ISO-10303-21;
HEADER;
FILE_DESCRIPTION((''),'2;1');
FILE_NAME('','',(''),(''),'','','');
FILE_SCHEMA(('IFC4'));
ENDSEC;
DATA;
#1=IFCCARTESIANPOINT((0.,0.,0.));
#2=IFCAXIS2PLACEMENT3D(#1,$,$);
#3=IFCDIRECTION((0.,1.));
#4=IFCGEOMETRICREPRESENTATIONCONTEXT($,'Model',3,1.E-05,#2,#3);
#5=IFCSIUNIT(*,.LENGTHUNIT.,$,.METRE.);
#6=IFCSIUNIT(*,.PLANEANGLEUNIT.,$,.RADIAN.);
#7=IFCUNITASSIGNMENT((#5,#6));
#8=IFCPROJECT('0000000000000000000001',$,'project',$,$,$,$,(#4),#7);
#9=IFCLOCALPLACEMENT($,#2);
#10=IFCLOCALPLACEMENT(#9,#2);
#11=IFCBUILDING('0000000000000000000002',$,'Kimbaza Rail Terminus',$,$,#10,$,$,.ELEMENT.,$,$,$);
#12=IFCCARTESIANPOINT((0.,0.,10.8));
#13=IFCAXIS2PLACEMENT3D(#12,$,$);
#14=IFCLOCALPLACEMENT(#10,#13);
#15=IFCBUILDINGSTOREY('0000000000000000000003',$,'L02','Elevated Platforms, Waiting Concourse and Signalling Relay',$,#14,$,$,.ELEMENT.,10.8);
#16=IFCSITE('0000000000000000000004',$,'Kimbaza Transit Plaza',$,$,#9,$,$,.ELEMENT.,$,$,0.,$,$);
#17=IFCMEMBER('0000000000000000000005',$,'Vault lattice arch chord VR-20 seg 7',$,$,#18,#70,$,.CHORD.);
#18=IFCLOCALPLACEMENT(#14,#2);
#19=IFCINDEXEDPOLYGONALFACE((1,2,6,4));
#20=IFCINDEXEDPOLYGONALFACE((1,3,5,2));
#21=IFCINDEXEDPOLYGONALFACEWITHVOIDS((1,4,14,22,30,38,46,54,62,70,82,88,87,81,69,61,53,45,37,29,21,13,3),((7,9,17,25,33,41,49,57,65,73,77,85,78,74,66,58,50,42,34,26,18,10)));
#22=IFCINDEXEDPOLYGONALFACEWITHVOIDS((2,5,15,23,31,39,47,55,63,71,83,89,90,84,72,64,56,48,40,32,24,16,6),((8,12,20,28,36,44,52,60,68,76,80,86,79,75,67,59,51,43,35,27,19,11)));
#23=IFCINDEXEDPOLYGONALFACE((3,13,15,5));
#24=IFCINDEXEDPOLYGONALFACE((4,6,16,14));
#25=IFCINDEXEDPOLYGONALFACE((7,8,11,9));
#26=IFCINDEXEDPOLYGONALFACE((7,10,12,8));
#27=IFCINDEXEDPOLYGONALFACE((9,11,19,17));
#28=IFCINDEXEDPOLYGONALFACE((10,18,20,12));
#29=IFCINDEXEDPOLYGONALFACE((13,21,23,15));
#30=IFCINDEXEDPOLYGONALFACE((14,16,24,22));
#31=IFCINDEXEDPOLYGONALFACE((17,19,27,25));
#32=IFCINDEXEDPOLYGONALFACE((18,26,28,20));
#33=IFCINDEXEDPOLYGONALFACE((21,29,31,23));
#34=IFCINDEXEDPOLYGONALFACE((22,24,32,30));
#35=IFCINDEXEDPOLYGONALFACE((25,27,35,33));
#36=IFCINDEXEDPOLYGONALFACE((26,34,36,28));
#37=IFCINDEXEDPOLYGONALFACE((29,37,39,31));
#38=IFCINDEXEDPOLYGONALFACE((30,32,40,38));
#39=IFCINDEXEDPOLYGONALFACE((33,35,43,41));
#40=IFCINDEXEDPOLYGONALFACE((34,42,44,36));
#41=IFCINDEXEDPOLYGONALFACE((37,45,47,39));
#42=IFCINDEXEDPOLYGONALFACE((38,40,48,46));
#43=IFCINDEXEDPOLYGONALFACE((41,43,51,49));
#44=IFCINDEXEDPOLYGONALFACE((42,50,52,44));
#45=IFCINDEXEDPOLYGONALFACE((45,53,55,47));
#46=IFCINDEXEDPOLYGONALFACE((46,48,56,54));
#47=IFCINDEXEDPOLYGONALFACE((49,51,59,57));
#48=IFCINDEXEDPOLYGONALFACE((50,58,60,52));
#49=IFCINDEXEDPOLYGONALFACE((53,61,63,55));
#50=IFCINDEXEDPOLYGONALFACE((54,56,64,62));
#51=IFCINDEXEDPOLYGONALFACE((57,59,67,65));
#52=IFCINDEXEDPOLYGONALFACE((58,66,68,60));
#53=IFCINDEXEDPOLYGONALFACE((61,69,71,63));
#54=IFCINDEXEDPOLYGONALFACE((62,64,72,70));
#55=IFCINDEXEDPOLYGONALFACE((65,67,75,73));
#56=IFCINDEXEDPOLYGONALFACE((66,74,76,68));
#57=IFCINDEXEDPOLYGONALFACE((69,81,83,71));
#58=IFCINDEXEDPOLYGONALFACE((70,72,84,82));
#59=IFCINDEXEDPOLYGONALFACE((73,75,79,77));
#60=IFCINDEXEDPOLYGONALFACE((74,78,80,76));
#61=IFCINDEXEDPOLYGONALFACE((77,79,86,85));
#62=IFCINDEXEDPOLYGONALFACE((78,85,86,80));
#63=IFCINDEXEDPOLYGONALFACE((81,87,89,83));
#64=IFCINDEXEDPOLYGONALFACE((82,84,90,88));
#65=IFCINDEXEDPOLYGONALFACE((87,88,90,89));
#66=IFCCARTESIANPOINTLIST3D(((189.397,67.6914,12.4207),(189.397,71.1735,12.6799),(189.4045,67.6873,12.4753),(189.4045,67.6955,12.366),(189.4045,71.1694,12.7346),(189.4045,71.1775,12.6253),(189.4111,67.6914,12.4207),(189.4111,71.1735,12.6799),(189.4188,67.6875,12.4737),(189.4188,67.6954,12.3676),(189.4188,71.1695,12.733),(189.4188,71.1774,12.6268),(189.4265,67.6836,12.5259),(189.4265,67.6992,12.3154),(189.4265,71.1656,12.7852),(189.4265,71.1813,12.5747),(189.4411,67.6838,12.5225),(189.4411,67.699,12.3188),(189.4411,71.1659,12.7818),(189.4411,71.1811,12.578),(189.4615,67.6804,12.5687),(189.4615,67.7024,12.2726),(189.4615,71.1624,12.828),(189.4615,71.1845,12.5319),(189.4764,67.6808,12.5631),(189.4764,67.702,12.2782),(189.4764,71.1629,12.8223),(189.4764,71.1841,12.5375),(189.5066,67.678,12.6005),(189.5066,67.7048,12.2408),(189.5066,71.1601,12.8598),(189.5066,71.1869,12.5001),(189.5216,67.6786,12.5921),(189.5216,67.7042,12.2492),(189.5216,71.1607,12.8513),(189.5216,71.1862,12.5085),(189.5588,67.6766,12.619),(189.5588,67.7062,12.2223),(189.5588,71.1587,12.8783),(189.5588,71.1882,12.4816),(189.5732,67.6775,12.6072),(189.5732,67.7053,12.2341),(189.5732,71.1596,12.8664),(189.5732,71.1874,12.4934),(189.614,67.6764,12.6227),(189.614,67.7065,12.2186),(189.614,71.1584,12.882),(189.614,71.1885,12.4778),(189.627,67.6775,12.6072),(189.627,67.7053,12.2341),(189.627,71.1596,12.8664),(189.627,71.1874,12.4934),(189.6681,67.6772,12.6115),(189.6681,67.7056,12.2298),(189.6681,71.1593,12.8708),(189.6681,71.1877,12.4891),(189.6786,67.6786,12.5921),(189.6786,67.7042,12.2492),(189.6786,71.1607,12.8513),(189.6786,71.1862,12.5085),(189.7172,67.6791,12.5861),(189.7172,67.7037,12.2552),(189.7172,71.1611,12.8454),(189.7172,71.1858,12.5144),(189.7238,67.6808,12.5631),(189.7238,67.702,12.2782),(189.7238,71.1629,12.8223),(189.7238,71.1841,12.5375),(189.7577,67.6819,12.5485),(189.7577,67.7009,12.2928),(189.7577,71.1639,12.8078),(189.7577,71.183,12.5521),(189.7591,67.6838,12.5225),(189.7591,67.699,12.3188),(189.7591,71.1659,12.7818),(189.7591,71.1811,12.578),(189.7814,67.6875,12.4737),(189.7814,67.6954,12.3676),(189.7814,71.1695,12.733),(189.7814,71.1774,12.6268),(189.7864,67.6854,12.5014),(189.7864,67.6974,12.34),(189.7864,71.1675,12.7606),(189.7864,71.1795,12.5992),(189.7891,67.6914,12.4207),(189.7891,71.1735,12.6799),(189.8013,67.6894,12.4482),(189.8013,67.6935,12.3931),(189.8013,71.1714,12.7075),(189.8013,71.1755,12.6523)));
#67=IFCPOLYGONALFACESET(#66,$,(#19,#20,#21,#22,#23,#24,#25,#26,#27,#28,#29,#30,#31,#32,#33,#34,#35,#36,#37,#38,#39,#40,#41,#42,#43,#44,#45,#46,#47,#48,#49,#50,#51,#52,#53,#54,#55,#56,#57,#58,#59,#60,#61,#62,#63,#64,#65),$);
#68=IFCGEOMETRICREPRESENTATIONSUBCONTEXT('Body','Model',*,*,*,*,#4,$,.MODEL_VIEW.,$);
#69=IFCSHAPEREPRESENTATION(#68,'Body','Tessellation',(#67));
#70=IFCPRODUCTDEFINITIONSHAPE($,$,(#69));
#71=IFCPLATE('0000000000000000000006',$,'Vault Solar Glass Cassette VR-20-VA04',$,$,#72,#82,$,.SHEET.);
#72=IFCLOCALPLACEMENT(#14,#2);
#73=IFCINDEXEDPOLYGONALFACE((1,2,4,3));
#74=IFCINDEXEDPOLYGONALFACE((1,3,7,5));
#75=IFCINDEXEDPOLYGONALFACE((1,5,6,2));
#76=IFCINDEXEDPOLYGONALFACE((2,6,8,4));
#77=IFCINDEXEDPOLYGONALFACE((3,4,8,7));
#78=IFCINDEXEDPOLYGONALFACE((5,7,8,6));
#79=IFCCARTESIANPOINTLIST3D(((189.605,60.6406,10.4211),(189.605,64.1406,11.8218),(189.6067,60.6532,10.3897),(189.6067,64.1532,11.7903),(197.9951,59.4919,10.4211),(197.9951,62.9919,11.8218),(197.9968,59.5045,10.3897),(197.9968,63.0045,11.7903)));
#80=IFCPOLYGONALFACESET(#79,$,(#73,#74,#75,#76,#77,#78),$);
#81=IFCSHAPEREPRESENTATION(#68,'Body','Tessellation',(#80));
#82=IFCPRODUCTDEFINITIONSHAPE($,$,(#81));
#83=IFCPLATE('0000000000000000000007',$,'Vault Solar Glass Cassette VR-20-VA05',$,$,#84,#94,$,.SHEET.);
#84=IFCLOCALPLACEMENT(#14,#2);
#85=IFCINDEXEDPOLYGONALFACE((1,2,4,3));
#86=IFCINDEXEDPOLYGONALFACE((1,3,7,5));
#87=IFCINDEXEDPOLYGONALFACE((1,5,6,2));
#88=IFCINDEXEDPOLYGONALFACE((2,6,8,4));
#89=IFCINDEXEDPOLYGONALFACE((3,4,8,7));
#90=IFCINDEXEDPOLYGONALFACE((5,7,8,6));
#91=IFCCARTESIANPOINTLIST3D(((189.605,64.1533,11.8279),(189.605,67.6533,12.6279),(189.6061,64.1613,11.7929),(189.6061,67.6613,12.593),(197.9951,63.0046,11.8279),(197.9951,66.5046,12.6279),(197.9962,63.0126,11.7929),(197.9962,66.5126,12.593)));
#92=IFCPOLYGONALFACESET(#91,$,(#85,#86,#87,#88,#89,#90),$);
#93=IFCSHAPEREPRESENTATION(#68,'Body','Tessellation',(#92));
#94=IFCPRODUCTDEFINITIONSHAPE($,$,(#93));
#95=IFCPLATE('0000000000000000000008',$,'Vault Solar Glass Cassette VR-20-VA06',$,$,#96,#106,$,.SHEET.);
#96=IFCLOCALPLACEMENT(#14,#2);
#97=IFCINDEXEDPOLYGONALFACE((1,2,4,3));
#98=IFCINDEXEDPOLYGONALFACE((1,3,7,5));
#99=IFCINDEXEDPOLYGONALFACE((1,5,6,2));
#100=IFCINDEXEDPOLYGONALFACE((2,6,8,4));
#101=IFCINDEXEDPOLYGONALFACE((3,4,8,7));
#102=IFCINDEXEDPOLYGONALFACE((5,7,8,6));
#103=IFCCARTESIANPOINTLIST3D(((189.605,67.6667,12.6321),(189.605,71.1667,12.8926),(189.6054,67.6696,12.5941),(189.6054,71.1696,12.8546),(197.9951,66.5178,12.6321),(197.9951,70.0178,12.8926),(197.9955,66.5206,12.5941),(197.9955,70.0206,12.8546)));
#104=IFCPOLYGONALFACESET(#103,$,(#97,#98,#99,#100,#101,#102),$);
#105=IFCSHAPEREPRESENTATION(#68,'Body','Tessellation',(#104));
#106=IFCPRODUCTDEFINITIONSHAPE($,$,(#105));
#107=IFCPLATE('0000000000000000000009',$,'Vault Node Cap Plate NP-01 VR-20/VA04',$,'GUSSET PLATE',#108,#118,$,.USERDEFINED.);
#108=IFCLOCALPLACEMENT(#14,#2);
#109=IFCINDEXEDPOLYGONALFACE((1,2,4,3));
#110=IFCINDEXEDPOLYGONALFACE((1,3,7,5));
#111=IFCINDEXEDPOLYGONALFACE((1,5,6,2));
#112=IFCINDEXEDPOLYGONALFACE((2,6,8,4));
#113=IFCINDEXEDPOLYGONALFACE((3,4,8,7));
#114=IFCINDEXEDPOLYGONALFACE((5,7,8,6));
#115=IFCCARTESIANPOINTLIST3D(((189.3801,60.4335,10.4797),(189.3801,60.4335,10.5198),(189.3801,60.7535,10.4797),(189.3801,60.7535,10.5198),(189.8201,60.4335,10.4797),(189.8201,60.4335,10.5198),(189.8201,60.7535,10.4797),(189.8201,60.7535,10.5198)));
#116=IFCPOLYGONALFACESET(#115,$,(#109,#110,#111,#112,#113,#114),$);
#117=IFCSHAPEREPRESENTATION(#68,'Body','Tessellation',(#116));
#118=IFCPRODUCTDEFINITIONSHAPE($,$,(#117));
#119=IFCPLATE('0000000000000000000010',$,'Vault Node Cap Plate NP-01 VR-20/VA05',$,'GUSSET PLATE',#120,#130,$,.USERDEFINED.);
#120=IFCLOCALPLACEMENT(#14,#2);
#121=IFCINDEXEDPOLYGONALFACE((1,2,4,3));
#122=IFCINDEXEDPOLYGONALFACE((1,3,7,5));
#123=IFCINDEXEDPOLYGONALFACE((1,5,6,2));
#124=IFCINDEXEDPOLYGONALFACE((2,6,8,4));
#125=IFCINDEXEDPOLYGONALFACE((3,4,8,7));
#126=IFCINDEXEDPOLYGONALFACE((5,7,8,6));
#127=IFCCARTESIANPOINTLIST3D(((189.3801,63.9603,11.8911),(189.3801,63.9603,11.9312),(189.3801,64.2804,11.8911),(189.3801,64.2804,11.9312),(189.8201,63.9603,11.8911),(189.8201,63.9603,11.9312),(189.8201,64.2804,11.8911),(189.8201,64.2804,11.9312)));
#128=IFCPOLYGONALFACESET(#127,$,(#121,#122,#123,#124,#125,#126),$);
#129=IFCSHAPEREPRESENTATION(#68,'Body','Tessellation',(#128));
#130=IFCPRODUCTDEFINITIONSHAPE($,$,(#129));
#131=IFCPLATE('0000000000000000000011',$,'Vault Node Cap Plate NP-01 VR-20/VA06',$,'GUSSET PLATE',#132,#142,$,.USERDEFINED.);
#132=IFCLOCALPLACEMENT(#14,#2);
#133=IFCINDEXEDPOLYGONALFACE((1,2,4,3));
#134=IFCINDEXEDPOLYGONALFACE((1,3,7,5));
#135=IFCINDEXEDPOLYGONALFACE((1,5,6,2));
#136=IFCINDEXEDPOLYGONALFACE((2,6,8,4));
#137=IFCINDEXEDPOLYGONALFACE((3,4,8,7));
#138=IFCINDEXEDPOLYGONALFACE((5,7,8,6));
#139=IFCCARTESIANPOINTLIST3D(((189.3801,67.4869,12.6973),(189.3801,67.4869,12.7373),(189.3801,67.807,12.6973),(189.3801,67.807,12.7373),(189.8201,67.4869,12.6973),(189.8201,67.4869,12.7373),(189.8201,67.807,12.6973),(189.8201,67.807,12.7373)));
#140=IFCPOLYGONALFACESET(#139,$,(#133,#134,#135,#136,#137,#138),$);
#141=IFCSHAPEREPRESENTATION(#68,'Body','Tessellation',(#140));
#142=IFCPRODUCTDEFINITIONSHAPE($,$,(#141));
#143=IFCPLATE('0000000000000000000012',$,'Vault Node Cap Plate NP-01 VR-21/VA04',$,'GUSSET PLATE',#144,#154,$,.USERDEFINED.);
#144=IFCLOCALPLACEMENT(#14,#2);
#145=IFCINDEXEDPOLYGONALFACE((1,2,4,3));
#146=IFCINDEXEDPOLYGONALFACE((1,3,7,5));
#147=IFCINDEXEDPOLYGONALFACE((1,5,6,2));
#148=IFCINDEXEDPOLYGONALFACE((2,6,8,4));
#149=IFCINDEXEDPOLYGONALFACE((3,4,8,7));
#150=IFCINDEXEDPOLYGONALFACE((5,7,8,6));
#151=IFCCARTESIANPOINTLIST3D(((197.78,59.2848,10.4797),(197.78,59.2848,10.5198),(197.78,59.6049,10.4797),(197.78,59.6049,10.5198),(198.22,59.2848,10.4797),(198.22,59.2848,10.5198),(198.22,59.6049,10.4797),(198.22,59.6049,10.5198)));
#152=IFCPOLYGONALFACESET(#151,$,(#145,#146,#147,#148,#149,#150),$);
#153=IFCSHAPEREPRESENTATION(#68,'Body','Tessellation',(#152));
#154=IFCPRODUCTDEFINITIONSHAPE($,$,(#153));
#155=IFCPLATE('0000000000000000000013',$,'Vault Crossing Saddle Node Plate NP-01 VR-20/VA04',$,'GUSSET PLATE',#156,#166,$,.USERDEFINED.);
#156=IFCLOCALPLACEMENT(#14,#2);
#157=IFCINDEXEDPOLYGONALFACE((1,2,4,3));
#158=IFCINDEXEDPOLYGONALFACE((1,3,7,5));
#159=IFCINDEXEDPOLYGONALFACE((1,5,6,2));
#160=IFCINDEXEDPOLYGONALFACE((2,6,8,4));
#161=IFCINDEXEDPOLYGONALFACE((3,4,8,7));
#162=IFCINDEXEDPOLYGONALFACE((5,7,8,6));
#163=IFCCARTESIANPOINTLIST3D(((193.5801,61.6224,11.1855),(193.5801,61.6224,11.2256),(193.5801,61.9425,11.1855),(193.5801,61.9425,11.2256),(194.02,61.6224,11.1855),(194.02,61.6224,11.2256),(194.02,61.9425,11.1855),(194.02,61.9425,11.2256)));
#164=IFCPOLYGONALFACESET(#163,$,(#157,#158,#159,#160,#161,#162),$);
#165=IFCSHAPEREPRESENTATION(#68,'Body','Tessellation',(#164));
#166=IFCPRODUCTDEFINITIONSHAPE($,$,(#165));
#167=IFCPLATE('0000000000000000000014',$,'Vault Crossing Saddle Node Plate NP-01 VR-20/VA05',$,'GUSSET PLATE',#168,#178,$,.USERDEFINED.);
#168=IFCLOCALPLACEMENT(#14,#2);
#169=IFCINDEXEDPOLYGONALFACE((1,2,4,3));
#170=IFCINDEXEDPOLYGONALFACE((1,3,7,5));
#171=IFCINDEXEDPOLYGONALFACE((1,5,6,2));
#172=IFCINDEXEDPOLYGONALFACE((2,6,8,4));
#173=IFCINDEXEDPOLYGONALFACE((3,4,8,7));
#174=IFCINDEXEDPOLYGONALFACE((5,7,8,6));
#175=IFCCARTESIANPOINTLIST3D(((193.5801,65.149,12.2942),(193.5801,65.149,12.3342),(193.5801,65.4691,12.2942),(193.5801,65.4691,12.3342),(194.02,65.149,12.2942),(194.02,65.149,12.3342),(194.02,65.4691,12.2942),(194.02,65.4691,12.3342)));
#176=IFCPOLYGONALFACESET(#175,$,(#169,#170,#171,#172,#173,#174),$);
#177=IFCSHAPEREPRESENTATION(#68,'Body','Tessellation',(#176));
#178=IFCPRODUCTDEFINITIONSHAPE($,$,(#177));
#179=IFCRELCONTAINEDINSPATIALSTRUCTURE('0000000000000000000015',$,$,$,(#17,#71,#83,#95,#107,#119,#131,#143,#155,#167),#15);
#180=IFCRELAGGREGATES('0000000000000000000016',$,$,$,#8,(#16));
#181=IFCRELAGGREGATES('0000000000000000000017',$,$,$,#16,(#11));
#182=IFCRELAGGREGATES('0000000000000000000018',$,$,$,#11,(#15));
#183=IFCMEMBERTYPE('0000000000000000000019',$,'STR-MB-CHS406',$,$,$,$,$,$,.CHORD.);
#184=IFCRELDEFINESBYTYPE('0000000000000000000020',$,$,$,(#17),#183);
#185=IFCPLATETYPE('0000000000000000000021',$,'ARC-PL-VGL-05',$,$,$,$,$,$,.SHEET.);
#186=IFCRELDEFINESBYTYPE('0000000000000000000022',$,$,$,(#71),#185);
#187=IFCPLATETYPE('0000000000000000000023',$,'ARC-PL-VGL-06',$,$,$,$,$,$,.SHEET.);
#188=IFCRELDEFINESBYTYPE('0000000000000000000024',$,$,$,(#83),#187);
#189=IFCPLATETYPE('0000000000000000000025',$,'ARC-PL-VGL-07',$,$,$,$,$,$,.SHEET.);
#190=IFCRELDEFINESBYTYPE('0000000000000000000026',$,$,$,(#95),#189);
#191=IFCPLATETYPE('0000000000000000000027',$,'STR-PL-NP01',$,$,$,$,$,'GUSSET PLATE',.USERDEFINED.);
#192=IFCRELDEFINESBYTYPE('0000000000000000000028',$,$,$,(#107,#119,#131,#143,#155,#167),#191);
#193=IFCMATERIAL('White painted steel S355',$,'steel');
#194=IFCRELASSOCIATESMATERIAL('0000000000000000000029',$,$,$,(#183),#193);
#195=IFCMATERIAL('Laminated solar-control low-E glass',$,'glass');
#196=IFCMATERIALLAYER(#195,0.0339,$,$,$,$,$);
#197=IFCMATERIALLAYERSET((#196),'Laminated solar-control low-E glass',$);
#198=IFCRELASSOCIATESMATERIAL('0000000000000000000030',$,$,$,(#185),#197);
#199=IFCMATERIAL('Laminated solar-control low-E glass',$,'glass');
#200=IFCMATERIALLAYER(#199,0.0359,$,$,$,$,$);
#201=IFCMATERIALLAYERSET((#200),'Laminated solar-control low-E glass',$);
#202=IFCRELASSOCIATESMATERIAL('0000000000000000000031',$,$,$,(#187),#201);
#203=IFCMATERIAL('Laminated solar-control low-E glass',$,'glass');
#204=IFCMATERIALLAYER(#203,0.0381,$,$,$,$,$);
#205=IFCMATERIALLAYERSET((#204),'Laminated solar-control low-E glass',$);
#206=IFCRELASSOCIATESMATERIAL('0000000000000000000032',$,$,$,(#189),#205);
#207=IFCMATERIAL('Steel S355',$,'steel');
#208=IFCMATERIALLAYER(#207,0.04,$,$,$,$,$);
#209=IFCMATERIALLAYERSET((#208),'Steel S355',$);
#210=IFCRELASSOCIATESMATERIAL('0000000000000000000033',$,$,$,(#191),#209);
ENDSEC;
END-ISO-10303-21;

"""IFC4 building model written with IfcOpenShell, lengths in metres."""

from ifc_helpers import new_model, si_unit, direction, frame, origin, origin_2d, place, context, subcontext, project, spatial, polyline, rectangle, hollow_circle, outline, extrude, material, layer, layer_set, material_profile, profile_set, type_object, element, save


model = new_model("IFC4")

# Units and contexts
model_context = context("Model", 3, precision=1e-05, world=origin(), true_north=direction((0.0, 1.0)))
body_context = subcontext(model_context, "Body", "Model", "MODEL_VIEW")
ifc_project = project(units=[si_unit("LENGTHUNIT", "METRE"), si_unit("PLANEANGLEUNIT", "RADIAN")], contexts=[model_context])

# Site, building, storey
site_placement = place(None, origin())
site = spatial("IfcSite", under=ifc_project, at=site_placement, Name="Kimbaza Transit Plaza", CompositionType="ELEMENT", RefElevation=0.0)
building_placement = place(site_placement, origin())
building = spatial("IfcBuilding", under=site, at=building_placement, Name="Kimbaza Rail Terminus", CompositionType="ELEMENT")
storey_placement = place(building_placement, frame((0.0, 0.0, 10.8)))
storey = spatial("IfcBuildingStorey", under=building, at=storey_placement, Name="L02", Description="Elevated Platforms, Waiting Concourse and Signalling Relay", CompositionType="ELEMENT", Elevation=10.8)

# Member
ifc_material_1 = material(Name="White painted steel S355", Category="steel")
ifc_material_profile_1 = material_profile(ifc_material_1, hollow_circle(Radius=0.2031, WallThickness=0.0142, at=origin_2d()), Name="CHS 406.4x14.2")
ifc_profile_set_1 = profile_set([ifc_material_profile_1], Name="White painted steel S355")
member_type_1 = type_object("IfcMemberType", Name="STR-MB-CHS406", PredefinedType="CHORD", material=ifc_profile_set_1)
member_1_placement = place(storey_placement, frame((189.6001, 67.6914, 12.4207), z_axis=(0.0, 0.997239, 0.074253), x_axis=(-1.0, 0.0, 0.0)))
element("IfcMember", 1, at=member_1_placement, inside=storey, type_object=member_type_1, Name="Vault lattice arch chord VR-20 seg 7", PredefinedType="CHORD", context=body_context, shape_type="SweptSolid", body=[
    extrude(hollow_circle(Radius=0.2031, WallThickness=0.0142, at=origin_2d()), origin(), (0.0, 0.0, 1.0), 3.4917),
])

# Plates
ifc_material_2 = material(Name="Laminated solar-control low-E glass", Category="glass")
ifc_layer_1 = layer(ifc_material_2, 0.0339)
ifc_layer_set_1 = layer_set([ifc_layer_1], Name="Laminated solar-control low-E glass")
plate_type_1 = type_object("IfcPlateType", Name="ARC-PL-VGL-05", PredefinedType="SHEET", material=ifc_layer_set_1)
plate_1_placement = place(storey_placement, frame((189.605, 60.6406, 10.4211), z_axis=(-0.050801, -0.371056, 0.92722), x_axis=(0.990758, -0.135643, 0.0)))
element("IfcPlate", 2, at=plate_1_placement, inside=storey, type_object=plate_type_1, Name="Vault Solar Glass Cassette VR-20-VA04", PredefinedType="SHEET", context=body_context, shape_type="SweptSolid", body=[
    extrude(outline(polyline([(0.0, 0.0), (8.4684, 0.0), (7.9937, 3.7398), (-0.4748, 3.7398), (0.0, 0.0)])), origin(), (0.0, 0.0, -1.0), 0.0339),
])
ifc_material_3 = material(Name="Laminated solar-control low-E glass", Category="glass")
ifc_layer_2 = layer(ifc_material_3, 0.0359)
ifc_layer_set_2 = layer_set([ifc_layer_2], Name="Laminated solar-control low-E glass")
plate_type_2 = type_object("IfcPlateType", Name="ARC-PL-VGL-06", PredefinedType="SHEET", material=ifc_layer_set_2)
plate_2_placement = place(storey_placement, frame((189.605, 64.1533, 11.8279), z_axis=(-0.030494, -0.222734, 0.974402), x_axis=(0.990758, -0.135643, 0.0)))
element("IfcPlate", 3, at=plate_2_placement, inside=storey, type_object=plate_type_2, Name="Vault Solar Glass Cassette VR-20-VA05", PredefinedType="SHEET", context=body_context, shape_type="SweptSolid", body=[
    extrude(outline(polyline([(0.0, 0.0), (8.4684, 0.0), (7.9937, 3.5587), (-0.4748, 3.5587), (0.0, 0.0)])), origin(), (0.0, 0.0, -1.0), 0.0359),
])
ifc_material_4 = material(Name="Laminated solar-control low-E glass", Category="glass")
ifc_layer_3 = layer(ifc_material_4, 0.0381)
ifc_layer_set_3 = layer_set([ifc_layer_3], Name="Laminated solar-control low-E glass")
plate_type_3 = type_object("IfcPlateType", Name="ARC-PL-VGL-07", PredefinedType="SHEET", material=ifc_layer_set_3)
plate_3_placement = place(storey_placement, frame((189.605, 67.6667, 12.6321), z_axis=(-0.010163, -0.074219, 0.99719), x_axis=(0.990754, -0.135672, 0.0)))
element("IfcPlate", 4, at=plate_3_placement, inside=storey, type_object=plate_type_3, Name="Vault Solar Glass Cassette VR-20-VA06", PredefinedType="SHEET", context=body_context, shape_type="SweptSolid", body=[
    extrude(outline(polyline([(0.0, 0.0), (8.4684, 0.0), (7.9936, 3.4774), (-0.4749, 3.4774), (0.0, 0.0)])), origin(), (0.0, 0.0, -1.0), 0.0381),
])
ifc_material_5 = material(Name="Steel S355", Category="steel")
ifc_layer_4 = layer(ifc_material_5, 0.04)
ifc_layer_set_4 = layer_set([ifc_layer_4], Name="Steel S355")
plate_type_4 = type_object("IfcPlateType", Name="STR-PL-NP01", ElementType="GUSSET PLATE", PredefinedType="USERDEFINED", material=ifc_layer_set_4)
for number, where, z_axis, x_axis, name in (
    (5, (189.6001, 60.5935, 10.4797), (0.0, 0.0, 1.0), (1.0, 0.0, 0.0), "Vault Node Cap Plate NP-01 VR-20/VA04"),
    (6, (189.6001, 64.1204, 11.8911), (0.0, 0.0, 1.0), (1.0, 0.0, 0.0), "Vault Node Cap Plate NP-01 VR-20/VA05"),
    (7, (189.6001, 67.647, 12.6973), (0.0, 0.0, 1.0), (1.0, 0.0, 0.0), "Vault Node Cap Plate NP-01 VR-20/VA06"),
    (8, (198.0, 59.4448, 10.4797), (0.0, 0.0, 1.0), (1.0, 0.0, 0.0), "Vault Node Cap Plate NP-01 VR-21/VA04"),
    (9, (193.8, 61.7825, 11.1855), (0.0, 0.0, 1.0), (1.0, 0.0, 0.0), "Vault Crossing Saddle Node Plate NP-01 VR-20/VA04"),
    (10, (193.8, 65.3091, 12.2942), (0.0, 0.0, 1.0), (1.0, 0.0, 0.0), "Vault Crossing Saddle Node Plate NP-01 VR-20/VA05"),
):
    element("IfcPlate", number, at=place(storey_placement, frame(where, z_axis=z_axis, x_axis=x_axis)), inside=storey, type_object=plate_type_4, Name=name, ObjectType="GUSSET PLATE", PredefinedType="USERDEFINED", context=body_context, shape_type="SweptSolid", body=[
        extrude(rectangle(XDim=0.4399, YDim=0.3201, at=origin_2d()), origin(), (0.0, 0.0, 1.0), 0.04),
    ])

save(model, "model.ifc")
